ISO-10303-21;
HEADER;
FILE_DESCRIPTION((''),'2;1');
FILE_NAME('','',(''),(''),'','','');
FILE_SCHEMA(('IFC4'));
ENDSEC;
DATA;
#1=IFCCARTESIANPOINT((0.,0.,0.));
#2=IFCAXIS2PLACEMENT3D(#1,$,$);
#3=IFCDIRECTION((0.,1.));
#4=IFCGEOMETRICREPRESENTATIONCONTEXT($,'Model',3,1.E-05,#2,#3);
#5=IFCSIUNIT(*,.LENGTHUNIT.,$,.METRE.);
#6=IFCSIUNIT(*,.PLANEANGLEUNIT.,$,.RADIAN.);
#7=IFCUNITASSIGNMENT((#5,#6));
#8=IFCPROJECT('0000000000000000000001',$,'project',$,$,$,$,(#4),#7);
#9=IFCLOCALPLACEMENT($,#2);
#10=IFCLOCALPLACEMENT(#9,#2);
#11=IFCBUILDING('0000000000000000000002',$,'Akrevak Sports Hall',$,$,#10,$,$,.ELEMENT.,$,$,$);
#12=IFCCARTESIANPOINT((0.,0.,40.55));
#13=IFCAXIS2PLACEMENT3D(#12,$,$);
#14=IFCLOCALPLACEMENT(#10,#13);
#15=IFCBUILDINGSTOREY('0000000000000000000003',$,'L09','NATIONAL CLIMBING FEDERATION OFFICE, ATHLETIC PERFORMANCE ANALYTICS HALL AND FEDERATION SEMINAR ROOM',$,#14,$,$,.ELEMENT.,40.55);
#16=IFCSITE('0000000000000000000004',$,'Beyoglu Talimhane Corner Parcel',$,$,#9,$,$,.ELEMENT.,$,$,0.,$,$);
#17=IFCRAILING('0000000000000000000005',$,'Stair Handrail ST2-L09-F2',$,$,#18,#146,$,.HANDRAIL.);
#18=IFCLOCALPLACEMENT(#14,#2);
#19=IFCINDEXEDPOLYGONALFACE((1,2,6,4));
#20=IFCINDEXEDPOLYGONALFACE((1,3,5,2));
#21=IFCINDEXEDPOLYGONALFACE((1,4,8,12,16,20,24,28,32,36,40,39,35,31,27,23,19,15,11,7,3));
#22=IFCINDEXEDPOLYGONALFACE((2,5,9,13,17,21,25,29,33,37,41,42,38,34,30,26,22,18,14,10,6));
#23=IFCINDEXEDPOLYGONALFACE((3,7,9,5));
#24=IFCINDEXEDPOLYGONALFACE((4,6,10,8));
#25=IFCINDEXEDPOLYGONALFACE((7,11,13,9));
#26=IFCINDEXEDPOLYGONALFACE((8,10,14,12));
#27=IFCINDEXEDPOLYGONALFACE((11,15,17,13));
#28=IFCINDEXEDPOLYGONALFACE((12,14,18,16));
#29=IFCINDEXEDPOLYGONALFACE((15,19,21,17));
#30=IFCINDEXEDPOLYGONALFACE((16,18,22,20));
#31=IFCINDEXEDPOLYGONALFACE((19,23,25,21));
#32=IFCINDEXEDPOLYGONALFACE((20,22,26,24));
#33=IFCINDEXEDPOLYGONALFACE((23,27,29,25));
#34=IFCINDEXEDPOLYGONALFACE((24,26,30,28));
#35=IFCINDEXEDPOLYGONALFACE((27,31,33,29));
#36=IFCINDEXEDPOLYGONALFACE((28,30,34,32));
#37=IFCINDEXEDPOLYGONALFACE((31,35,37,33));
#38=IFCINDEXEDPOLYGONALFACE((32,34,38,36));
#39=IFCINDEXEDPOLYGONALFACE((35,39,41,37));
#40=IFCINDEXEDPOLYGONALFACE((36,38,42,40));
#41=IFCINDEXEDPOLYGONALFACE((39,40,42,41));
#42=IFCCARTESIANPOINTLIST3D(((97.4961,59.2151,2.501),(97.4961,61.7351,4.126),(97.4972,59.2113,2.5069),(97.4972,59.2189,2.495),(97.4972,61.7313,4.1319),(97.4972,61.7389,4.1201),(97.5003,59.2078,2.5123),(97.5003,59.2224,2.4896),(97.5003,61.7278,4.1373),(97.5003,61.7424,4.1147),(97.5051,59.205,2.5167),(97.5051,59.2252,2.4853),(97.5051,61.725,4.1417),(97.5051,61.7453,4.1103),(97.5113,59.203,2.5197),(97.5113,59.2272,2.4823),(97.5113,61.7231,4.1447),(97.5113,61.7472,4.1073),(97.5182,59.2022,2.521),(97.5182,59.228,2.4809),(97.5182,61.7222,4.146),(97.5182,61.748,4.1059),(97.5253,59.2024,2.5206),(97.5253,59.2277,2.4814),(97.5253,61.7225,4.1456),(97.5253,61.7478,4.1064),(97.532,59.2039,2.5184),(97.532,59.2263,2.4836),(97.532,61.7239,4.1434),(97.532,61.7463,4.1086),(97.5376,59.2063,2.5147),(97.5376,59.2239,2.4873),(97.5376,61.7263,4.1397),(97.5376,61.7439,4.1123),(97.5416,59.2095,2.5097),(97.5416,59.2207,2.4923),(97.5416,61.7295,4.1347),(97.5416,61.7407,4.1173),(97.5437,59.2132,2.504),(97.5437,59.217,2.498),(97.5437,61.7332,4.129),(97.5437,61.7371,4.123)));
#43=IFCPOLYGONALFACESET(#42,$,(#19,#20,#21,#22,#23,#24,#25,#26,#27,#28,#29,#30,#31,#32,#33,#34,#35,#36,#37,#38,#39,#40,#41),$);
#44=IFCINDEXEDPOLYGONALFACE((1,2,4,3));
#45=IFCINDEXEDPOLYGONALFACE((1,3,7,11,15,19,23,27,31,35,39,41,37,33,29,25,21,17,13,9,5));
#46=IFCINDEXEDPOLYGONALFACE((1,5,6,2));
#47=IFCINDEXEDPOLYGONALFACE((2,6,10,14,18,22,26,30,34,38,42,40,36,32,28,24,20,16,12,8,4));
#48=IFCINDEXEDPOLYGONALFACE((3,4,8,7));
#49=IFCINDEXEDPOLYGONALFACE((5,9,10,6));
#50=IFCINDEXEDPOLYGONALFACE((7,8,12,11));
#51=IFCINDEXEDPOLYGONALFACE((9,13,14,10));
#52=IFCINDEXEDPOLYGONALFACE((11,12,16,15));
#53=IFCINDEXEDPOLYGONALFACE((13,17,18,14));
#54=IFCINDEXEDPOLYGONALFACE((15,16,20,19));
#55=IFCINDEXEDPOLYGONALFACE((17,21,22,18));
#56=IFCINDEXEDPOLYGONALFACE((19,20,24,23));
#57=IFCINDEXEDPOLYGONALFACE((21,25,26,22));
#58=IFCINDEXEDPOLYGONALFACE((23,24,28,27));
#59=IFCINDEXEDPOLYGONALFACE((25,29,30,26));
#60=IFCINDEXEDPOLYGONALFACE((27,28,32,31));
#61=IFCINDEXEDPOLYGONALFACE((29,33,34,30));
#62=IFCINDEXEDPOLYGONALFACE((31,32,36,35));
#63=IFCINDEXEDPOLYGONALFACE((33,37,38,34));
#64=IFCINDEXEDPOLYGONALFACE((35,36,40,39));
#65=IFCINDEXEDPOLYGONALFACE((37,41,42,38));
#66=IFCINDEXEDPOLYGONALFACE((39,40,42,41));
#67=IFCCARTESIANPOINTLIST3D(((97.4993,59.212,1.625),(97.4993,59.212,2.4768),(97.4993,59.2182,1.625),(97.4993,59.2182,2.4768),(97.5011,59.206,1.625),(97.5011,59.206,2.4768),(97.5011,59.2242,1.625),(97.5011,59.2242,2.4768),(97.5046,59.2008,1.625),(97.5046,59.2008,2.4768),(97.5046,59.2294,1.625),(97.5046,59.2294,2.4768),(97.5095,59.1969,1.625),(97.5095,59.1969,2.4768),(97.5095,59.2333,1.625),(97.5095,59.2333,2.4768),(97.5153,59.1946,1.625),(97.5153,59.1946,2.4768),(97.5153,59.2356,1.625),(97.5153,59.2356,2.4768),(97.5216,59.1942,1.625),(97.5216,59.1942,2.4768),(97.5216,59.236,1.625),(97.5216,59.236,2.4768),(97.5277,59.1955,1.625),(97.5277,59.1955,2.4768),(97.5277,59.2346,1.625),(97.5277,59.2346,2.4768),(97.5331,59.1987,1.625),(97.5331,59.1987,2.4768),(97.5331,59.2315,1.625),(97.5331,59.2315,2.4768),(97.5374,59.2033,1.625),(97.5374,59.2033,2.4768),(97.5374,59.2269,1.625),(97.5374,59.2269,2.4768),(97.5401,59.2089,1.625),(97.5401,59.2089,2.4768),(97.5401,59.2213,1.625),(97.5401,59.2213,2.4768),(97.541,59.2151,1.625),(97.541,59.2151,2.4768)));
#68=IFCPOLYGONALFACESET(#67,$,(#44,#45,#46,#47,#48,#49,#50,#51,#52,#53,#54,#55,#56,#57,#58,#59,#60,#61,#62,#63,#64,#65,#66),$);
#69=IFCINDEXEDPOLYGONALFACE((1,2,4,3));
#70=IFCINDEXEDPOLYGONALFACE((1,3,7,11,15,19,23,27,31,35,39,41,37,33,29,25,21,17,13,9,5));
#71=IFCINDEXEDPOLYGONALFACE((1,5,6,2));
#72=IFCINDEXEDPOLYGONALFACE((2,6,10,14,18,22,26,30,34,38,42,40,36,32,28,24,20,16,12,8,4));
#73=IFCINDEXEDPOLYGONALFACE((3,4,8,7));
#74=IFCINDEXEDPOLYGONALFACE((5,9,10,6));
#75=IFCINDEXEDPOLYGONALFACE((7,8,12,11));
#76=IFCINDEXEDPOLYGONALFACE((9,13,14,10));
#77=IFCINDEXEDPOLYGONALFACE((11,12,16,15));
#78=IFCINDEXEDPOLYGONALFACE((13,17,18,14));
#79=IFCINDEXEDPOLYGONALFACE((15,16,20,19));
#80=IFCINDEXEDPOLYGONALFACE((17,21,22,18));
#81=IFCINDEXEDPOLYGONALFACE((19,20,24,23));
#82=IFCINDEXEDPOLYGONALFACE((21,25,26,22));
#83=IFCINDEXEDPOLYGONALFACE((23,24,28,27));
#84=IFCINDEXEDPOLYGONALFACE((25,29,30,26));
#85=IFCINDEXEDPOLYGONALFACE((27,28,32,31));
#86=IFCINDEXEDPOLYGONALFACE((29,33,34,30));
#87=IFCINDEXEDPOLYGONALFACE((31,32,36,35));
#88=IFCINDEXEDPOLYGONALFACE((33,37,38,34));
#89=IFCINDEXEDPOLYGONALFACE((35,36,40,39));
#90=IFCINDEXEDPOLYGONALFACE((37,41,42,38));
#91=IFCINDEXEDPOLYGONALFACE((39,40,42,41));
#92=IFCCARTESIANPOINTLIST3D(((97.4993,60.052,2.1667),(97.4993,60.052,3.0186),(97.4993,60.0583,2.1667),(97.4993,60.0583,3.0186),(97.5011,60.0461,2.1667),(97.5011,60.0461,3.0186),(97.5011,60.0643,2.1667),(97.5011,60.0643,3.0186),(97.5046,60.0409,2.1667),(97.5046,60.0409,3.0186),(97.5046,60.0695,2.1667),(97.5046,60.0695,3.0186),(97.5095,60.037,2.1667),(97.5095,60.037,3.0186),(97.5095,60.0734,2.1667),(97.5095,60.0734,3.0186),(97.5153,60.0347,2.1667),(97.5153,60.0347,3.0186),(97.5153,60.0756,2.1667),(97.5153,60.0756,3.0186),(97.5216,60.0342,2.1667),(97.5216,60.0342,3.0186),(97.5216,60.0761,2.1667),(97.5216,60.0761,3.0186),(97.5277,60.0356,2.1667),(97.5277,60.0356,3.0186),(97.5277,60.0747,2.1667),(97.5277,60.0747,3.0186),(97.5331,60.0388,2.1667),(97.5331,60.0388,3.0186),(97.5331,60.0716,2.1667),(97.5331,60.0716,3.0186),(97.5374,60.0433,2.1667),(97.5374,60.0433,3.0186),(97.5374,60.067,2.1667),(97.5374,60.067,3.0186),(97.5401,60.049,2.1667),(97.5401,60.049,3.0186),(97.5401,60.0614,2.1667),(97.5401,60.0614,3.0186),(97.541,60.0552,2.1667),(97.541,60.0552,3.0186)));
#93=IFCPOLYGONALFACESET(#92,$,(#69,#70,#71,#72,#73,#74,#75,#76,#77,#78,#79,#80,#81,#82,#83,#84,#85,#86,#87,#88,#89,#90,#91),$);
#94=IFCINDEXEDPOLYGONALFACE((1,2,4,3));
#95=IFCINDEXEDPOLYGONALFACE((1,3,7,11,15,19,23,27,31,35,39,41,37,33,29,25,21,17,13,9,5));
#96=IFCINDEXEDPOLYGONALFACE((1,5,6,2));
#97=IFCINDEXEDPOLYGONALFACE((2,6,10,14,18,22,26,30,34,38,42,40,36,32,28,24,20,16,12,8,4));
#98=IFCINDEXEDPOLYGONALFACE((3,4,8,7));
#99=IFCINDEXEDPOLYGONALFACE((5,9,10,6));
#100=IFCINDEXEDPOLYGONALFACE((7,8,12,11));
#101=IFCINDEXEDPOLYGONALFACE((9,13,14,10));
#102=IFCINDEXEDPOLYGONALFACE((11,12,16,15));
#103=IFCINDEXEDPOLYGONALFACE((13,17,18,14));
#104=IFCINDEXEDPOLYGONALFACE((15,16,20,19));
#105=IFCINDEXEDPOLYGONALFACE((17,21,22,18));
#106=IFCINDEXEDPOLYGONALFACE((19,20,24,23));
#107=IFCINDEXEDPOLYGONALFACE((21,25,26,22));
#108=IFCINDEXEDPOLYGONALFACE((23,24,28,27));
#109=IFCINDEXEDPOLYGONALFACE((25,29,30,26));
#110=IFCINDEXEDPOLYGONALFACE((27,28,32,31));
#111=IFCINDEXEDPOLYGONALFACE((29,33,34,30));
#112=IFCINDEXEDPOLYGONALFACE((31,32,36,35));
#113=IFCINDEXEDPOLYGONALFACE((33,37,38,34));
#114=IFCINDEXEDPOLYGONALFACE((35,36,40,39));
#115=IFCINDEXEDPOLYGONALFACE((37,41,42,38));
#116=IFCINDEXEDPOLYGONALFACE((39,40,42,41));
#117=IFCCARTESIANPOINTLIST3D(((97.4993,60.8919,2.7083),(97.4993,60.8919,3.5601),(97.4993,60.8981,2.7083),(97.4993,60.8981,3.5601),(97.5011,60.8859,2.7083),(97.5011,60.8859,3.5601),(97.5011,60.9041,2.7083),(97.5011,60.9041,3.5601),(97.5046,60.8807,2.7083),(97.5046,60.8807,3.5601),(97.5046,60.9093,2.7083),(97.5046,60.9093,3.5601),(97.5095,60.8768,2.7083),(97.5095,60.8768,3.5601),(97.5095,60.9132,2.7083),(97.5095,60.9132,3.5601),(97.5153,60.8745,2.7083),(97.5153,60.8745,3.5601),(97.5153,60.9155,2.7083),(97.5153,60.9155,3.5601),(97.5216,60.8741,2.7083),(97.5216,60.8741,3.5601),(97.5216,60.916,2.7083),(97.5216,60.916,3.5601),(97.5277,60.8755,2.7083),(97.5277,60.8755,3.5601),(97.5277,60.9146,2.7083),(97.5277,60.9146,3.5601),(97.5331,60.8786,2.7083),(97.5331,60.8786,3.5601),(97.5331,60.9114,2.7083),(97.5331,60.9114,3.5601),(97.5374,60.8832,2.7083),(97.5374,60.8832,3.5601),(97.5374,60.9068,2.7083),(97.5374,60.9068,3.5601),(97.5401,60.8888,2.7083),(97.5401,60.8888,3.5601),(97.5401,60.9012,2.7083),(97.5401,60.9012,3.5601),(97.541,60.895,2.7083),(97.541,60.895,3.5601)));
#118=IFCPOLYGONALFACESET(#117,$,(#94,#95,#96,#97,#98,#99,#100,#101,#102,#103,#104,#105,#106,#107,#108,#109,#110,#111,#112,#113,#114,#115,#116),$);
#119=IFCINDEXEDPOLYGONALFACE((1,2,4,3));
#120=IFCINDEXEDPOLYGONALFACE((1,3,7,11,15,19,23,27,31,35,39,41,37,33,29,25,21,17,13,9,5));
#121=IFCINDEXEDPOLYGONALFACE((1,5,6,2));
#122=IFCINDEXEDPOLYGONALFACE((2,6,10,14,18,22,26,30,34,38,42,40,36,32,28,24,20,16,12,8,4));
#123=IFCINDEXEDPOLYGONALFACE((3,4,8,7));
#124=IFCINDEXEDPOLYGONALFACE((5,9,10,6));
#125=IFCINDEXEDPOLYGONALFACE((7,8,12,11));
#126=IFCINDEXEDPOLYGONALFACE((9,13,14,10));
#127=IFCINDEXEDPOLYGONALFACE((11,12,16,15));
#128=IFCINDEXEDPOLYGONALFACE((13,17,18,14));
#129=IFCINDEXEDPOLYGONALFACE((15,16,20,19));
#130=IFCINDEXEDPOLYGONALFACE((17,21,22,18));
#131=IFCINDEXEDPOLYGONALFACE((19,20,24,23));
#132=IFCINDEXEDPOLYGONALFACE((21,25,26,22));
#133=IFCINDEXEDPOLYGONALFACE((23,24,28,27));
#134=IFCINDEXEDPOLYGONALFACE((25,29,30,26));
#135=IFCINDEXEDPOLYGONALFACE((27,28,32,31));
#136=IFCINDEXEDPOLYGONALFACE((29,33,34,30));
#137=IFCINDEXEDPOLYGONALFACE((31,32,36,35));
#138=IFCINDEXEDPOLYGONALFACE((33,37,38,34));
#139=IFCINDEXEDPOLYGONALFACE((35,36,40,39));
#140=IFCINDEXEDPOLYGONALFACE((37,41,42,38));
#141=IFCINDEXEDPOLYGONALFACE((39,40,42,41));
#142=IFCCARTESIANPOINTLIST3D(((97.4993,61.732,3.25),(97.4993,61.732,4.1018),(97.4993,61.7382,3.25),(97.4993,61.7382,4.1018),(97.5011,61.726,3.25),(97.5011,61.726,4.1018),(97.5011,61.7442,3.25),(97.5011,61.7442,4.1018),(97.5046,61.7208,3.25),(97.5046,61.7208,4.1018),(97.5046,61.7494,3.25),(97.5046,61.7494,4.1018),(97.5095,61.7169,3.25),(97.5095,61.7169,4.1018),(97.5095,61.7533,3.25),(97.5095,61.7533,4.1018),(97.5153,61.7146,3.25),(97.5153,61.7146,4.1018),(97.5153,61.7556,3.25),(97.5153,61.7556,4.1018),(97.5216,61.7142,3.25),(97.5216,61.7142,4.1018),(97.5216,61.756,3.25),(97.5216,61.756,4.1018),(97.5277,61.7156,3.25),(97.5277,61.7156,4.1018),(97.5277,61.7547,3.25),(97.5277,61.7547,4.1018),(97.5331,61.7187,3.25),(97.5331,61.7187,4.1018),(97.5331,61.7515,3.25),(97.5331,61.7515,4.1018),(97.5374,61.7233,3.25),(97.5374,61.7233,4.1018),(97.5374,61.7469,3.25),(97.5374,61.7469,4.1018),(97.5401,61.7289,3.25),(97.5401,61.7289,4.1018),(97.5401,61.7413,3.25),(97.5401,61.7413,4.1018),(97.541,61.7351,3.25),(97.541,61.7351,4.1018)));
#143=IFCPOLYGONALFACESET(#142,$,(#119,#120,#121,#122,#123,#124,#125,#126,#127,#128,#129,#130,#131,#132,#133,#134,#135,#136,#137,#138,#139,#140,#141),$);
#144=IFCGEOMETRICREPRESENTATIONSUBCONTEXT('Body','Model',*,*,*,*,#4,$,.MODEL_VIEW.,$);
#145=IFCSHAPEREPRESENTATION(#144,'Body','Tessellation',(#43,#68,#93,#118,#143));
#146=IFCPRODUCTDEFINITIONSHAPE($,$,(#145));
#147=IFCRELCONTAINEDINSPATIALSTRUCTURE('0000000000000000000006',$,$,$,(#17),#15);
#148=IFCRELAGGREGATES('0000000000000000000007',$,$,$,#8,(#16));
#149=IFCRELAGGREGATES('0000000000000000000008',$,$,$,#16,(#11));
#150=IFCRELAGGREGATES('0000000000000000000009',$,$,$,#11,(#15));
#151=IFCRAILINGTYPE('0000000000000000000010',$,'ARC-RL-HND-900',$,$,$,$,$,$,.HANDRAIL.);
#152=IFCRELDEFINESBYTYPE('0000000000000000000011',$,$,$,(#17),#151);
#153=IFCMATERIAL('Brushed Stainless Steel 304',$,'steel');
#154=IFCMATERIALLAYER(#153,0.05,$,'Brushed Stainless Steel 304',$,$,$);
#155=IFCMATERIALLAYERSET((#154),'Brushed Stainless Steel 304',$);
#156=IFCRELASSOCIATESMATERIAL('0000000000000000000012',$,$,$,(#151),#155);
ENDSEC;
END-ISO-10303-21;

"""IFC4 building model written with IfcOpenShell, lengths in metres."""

from ifc_helpers import new_model, si_unit, direction, frame, origin, origin_2d, place, context, subcontext, project, spatial, circle, extrude, material, layer, layer_set, type_object, element, save


model = new_model("IFC4")

# Units and contexts
model_context = context("Model", 3, precision=1e-05, world=origin(), true_north=direction((0.0, 1.0)))
body_context = subcontext(model_context, "Body", "Model", "MODEL_VIEW")
ifc_project = project(units=[si_unit("LENGTHUNIT", "METRE"), si_unit("PLANEANGLEUNIT", "RADIAN")], contexts=[model_context])

# Site, building, storey
site_placement = place(None, origin())
site = spatial("IfcSite", under=ifc_project, at=site_placement, Name="Beyoglu Talimhane Corner Parcel", CompositionType="ELEMENT", RefElevation=0.0)
building_placement = place(site_placement, origin())
building = spatial("IfcBuilding", under=site, at=building_placement, Name="Akrevak Sports Hall", CompositionType="ELEMENT")
storey_placement = place(building_placement, frame((0.0, 0.0, 40.55)))
storey = spatial("IfcBuildingStorey", under=building, at=storey_placement, Name="L09", Description="NATIONAL CLIMBING FEDERATION OFFICE, ATHLETIC PERFORMANCE ANALYTICS HALL AND FEDERATION SEMINAR ROOM", CompositionType="ELEMENT", Elevation=40.55)

# Shared definitions
ifc_material_1 = material(Name="Brushed Stainless Steel 304", Category="steel")

# Railing
ifc_layer_1 = layer(ifc_material_1, 0.05, Name="Brushed Stainless Steel 304")
ifc_layer_set_1 = layer_set([ifc_layer_1], Name="Brushed Stainless Steel 304")
railing_type_1 = type_object("IfcRailingType", Name="ARC-RL-HND-900", PredefinedType="HANDRAIL", material=ifc_layer_set_1)
railing_1_placement = place(storey_placement, frame((97.52, 59.2151, 1.625)))
element("IfcRailing", 1, at=railing_1_placement, inside=storey, type_object=railing_type_1, Name="Stair Handrail ST2-L09-F2", PredefinedType="HANDRAIL", context=body_context, shape_type="SweptSolid", body=[
    extrude(circle(Radius=0.0239, at=origin_2d()), frame((0.0, 0.0, 0.876), z_axis=(0.0, 0.840421, 0.541934), x_axis=(-1.0, 0.0, 0.0)), (0.0, 0.0, 1.0), 2.9985),
    extrude(circle(Radius=0.021, at=origin_2d()), origin(), (0.0, 0.0, 1.0), 0.8518),
    extrude(circle(Radius=0.021, at=origin_2d()), frame((0.0, 0.8401, 0.5417)), (0.0, 0.0, 1.0), 0.8518),
    extrude(circle(Radius=0.021, at=origin_2d()), frame((0.0, 1.6799, 1.0833)), (0.0, 0.0, 1.0), 0.8518),
    extrude(circle(Radius=0.021, at=origin_2d()), frame((0.0, 2.52, 1.625)), (0.0, 0.0, 1.0), 0.8518),
])

save(model, "model.ifc")
